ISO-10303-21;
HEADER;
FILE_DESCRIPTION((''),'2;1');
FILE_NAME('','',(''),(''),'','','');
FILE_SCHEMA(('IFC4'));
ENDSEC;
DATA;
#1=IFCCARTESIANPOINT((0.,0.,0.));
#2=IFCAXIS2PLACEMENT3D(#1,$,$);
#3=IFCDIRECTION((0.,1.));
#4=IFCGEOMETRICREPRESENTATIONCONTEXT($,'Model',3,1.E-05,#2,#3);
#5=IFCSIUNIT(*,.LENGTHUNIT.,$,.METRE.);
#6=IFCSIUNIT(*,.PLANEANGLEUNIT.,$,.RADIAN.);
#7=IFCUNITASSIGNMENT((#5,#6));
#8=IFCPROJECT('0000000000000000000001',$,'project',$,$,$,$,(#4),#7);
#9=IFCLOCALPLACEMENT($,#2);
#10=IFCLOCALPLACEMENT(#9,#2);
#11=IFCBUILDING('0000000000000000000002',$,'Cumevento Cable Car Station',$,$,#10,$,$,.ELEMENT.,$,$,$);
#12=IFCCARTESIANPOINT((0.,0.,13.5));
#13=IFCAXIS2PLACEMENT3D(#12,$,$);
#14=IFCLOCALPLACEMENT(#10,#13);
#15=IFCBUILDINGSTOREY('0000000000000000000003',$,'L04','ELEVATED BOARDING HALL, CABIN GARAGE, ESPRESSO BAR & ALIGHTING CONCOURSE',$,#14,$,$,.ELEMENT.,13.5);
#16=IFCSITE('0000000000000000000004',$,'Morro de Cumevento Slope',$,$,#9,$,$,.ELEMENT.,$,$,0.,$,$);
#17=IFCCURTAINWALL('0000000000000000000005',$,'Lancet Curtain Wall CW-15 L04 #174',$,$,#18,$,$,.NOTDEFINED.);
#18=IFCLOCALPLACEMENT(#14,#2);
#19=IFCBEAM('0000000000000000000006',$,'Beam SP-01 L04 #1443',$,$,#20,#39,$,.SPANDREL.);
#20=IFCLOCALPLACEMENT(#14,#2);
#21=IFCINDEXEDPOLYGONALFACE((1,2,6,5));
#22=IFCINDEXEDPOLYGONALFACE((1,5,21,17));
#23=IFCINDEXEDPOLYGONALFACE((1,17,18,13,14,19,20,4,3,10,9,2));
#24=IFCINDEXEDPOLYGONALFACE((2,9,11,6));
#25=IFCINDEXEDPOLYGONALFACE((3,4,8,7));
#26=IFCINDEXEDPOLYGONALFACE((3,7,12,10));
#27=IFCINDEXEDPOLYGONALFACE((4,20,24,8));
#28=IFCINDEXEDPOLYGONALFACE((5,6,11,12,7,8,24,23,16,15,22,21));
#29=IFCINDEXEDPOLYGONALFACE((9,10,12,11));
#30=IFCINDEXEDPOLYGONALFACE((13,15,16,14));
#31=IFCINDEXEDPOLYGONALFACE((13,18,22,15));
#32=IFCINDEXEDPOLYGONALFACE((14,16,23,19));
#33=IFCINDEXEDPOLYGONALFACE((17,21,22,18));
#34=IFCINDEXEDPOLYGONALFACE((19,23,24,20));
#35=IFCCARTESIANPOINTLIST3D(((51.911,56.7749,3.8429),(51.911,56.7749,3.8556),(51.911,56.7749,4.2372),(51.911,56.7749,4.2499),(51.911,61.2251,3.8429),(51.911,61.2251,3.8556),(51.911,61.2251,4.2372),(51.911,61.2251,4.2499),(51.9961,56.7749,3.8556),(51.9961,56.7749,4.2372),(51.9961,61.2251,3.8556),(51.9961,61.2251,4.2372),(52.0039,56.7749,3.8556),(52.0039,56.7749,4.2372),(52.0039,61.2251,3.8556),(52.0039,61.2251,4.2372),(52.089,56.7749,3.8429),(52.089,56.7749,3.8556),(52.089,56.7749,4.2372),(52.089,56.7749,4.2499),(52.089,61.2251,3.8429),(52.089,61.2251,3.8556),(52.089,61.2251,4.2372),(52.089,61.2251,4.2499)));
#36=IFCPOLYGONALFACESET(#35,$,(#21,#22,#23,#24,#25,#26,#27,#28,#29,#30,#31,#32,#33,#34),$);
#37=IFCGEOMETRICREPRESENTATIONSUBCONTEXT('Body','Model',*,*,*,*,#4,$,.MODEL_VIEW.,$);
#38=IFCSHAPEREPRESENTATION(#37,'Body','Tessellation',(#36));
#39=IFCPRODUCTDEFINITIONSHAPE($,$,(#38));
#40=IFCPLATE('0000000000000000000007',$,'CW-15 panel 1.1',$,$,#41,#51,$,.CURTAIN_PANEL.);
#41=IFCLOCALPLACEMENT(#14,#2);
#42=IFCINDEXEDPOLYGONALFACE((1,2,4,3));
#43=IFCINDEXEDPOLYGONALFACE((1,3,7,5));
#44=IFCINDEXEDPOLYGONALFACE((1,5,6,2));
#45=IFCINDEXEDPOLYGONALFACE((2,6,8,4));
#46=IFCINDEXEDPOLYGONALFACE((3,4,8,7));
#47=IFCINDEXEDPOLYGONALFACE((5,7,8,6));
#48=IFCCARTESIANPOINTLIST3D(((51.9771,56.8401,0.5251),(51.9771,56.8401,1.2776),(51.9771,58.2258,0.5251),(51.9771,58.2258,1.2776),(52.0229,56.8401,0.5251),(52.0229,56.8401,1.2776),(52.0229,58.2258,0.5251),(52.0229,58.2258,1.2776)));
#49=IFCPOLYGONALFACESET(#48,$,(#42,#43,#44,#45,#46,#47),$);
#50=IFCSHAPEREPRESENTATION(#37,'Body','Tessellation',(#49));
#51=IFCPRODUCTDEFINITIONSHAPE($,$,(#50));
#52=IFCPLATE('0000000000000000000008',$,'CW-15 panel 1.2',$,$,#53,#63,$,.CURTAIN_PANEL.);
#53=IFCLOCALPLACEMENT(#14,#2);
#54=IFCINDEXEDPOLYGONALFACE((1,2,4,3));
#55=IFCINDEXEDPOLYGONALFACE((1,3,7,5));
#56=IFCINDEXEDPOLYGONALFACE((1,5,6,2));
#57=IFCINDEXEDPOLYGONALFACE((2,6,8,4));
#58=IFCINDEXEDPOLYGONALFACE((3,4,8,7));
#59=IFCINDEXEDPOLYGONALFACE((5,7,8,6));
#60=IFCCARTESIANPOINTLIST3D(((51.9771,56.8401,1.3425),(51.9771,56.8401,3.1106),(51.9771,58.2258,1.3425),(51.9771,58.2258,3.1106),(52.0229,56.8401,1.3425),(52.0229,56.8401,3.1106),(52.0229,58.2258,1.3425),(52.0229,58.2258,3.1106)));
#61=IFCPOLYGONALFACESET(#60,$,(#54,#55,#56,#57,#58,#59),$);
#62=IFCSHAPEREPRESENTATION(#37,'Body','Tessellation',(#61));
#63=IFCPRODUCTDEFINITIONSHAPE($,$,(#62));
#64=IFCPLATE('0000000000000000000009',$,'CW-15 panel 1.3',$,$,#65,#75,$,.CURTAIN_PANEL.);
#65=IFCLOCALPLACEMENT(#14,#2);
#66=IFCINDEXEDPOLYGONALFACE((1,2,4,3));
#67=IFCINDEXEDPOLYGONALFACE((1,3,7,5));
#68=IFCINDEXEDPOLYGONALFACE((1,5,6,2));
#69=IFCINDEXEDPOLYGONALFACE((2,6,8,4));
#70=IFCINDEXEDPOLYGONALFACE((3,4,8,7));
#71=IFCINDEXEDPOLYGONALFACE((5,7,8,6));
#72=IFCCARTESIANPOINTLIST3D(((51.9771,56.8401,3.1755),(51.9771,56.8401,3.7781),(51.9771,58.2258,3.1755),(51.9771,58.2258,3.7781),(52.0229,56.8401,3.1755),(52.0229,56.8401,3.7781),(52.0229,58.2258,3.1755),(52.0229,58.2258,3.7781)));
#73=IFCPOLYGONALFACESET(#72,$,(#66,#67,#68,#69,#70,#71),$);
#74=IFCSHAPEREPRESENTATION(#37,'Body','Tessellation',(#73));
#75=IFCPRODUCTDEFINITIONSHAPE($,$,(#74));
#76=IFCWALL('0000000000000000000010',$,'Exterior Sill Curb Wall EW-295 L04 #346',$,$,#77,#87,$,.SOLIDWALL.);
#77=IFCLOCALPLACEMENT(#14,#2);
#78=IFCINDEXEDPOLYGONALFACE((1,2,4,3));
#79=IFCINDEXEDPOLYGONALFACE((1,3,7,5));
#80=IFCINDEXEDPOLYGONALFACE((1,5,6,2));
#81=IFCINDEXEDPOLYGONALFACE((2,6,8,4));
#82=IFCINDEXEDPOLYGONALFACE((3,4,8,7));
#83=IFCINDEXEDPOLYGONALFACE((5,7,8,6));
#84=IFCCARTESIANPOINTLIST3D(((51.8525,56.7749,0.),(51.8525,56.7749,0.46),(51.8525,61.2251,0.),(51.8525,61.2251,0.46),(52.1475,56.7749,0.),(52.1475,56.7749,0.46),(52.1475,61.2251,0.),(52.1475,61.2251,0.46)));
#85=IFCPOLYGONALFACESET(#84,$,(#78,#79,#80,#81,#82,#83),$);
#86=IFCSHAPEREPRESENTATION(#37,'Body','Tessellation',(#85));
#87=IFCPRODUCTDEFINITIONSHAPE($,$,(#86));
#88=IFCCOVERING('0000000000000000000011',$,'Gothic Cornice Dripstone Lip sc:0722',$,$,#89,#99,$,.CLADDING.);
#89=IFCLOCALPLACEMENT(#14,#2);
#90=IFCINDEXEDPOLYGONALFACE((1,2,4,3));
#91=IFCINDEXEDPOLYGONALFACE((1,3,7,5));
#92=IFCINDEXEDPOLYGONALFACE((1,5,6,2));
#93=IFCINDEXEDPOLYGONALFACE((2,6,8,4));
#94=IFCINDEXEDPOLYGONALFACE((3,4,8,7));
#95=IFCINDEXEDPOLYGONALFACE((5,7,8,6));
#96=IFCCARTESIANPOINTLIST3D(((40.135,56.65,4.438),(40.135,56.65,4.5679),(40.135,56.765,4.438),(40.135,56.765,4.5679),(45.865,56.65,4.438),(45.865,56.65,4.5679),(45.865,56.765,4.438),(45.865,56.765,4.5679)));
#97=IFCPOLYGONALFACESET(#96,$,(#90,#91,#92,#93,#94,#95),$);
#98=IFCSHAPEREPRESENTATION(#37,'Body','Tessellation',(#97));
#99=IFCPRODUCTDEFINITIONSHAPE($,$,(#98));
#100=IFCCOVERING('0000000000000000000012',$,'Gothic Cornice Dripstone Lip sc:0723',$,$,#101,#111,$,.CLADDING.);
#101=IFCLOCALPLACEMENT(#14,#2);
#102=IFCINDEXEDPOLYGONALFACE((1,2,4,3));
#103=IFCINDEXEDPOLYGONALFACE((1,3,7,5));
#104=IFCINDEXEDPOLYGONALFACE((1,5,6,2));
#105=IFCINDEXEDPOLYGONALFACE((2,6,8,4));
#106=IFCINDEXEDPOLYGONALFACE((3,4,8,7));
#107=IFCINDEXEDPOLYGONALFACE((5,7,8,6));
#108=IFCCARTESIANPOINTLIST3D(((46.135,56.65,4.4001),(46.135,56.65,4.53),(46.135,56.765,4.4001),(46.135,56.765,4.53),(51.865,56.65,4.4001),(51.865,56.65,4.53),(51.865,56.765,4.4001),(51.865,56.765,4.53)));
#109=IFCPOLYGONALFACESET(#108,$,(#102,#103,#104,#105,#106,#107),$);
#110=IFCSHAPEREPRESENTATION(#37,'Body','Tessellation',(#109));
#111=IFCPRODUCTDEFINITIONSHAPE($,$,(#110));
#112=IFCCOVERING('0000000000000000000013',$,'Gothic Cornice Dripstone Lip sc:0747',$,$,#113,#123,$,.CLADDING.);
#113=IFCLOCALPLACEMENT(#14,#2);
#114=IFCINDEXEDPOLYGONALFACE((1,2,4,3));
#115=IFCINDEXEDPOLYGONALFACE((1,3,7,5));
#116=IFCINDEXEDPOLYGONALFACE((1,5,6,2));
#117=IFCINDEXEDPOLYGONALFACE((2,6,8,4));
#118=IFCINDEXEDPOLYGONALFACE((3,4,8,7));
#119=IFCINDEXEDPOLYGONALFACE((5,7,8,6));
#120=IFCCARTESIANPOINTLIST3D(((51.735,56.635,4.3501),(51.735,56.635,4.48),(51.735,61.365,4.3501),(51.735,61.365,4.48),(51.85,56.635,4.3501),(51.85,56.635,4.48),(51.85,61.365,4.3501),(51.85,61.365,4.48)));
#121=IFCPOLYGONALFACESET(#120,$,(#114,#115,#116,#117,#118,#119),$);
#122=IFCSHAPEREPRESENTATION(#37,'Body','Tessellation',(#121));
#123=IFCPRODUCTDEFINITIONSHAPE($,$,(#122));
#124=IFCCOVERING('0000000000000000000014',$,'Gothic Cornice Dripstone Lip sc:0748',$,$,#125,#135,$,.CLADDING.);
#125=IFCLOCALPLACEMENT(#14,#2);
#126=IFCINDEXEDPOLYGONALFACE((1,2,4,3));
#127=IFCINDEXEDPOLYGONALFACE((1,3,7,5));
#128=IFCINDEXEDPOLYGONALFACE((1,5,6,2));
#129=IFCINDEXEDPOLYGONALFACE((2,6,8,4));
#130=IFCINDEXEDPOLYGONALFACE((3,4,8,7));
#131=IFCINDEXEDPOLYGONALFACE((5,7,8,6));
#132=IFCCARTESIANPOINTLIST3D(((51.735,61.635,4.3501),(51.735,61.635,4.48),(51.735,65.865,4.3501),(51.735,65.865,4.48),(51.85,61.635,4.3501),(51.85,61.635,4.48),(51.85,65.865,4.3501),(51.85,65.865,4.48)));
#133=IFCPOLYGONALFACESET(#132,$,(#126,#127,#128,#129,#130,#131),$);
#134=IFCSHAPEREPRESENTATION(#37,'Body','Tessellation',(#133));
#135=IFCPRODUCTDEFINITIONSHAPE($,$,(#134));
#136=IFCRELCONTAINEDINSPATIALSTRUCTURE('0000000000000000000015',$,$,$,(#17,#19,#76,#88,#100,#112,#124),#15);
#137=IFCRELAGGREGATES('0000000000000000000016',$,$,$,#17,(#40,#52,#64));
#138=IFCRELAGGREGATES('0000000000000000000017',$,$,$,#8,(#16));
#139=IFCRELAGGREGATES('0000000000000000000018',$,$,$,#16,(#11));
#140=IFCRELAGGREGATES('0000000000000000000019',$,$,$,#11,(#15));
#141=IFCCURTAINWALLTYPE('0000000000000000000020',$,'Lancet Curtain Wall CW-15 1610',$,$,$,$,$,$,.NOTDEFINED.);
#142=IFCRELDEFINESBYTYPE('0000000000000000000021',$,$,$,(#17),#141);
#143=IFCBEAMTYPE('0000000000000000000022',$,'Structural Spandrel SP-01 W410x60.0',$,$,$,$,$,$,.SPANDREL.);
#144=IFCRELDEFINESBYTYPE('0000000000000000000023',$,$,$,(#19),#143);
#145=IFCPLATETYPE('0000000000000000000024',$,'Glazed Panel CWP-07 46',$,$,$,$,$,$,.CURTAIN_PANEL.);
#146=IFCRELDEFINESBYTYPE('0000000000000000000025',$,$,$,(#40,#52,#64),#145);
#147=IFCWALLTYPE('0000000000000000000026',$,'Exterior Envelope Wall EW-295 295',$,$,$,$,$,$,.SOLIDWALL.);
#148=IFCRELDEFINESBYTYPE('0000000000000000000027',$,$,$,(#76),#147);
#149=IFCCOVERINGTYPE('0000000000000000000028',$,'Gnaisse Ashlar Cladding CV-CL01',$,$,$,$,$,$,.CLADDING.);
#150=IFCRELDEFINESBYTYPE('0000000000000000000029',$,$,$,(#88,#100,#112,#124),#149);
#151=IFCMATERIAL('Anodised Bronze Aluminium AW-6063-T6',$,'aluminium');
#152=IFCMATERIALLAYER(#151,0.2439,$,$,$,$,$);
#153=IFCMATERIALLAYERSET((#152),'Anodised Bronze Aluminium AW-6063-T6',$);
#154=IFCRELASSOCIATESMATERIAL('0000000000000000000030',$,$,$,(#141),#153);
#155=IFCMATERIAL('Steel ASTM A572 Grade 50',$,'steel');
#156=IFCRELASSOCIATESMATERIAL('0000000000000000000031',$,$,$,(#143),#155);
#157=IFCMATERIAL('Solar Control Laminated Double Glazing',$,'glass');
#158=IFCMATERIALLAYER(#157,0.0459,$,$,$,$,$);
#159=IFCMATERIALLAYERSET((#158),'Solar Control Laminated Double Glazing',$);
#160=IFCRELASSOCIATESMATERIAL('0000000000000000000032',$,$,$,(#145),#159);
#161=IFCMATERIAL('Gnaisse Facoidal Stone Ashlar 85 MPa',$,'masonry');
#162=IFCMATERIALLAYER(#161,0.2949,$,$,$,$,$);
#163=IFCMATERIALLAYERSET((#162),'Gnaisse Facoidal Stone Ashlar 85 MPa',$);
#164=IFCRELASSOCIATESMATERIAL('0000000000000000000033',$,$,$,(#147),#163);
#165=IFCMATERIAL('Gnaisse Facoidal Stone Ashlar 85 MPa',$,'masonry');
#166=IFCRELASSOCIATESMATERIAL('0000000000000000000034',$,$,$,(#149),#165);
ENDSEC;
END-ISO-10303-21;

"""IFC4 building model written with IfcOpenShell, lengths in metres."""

from ifc_helpers import new_model, si_unit, direction, frame, frame_2d, origin, origin_2d, place, context, subcontext, project, spatial, rectangle, i_section, extrude, material, layer, layer_set, material_profile, profile_set, type_object, element, aggregate, save


model = new_model("IFC4")

# Units and contexts
model_context = context("Model", 3, precision=1e-05, world=origin(), true_north=direction((0.0, 1.0)))
body_context = subcontext(model_context, "Body", "Model", "MODEL_VIEW")
ifc_project = project(units=[si_unit("LENGTHUNIT", "METRE"), si_unit("PLANEANGLEUNIT", "RADIAN")], contexts=[model_context])

# Site, building, storey
site_placement = place(None, origin())
site = spatial("IfcSite", under=ifc_project, at=site_placement, Name="Morro de Cumevento Slope", CompositionType="ELEMENT", RefElevation=0.0)
building_placement = place(site_placement, origin())
building = spatial("IfcBuilding", under=site, at=building_placement, Name="Cumevento Cable Car Station", CompositionType="ELEMENT")
storey_placement = place(building_placement, frame((0.0, 0.0, 13.5)))
storey = spatial("IfcBuildingStorey", under=building, at=storey_placement, Name="L04", Description="ELEVATED BOARDING HALL, CABIN GARAGE, ESPRESSO BAR & ALIGHTING CONCOURSE", CompositionType="ELEMENT", Elevation=13.5)

# Curtain wall
ifc_material_1 = material(Name="Anodised Bronze Aluminium AW-6063-T6", Category="aluminium")
ifc_layer_1 = layer(ifc_material_1, 0.2439)
ifc_layer_set_1 = layer_set([ifc_layer_1], Name="Anodised Bronze Aluminium AW-6063-T6")
curtain_wall_type = type_object("IfcCurtainWallType", Name="Lancet Curtain Wall CW-15 1610", PredefinedType="NOTDEFINED", material=ifc_layer_set_1)
curtain_wall_placement = place(storey_placement, origin())
curtain_wall = element("IfcCurtainWall", 1, at=curtain_wall_placement, inside=storey, type_object=curtain_wall_type, Name="Lancet Curtain Wall CW-15 L04 #174", PredefinedType="NOTDEFINED")

# Beam
ifc_material_2 = material(Name="Steel ASTM A572 Grade 50", Category="steel")
ifc_material_profile_1 = material_profile(ifc_material_2, i_section(OverallWidth=0.178, OverallDepth=0.407, WebThickness=0.0078, FlangeThickness=0.0127, at=origin_2d()), Name="W410x60.0")
ifc_profile_set_1 = profile_set([ifc_material_profile_1], Name="Steel ASTM A572 Grade 50")
beam_type = type_object("IfcBeamType", Name="Structural Spandrel SP-01 W410x60.0", PredefinedType="SPANDREL", material=ifc_profile_set_1)
beam_placement = place(storey_placement, frame((52.0, 56.7749, 4.0464), z_axis=(0.0, 1.0, 0.0), x_axis=(-1.0, 0.0, 0.0)))
element("IfcBeam", 2, at=beam_placement, inside=storey, type_object=beam_type, Name="Beam SP-01 L04 #1443", PredefinedType="SPANDREL", context=body_context, shape_type="SweptSolid", body=[
    extrude(i_section(OverallWidth=0.178, OverallDepth=0.407, WebThickness=0.0078, FlangeThickness=0.0127, at=origin_2d()), origin(), (0.0, 0.0, 1.0), 4.4502),
])

# Plates
ifc_material_3 = material(Name="Solar Control Laminated Double Glazing", Category="glass")
ifc_layer_2 = layer(ifc_material_3, 0.0459)
ifc_layer_set_2 = layer_set([ifc_layer_2], Name="Solar Control Laminated Double Glazing")
plate_type = type_object("IfcPlateType", Name="Glazed Panel CWP-07 46", PredefinedType="CURTAIN_PANEL", material=ifc_layer_set_2)
plate_1_placement = place(storey_placement, frame((52.0, 57.533, 0.5251), z_axis=(0.0, 0.0, 1.0), x_axis=(0.0, 1.0, 0.0)))
plate_1 = element("IfcPlate", 3, at=plate_1_placement, type_object=plate_type, Name="CW-15 panel 1.1", PredefinedType="CURTAIN_PANEL", context=body_context, shape_type="SweptSolid", body=[
    extrude(rectangle(XDim=1.3857, YDim=0.0459, at=origin_2d()), origin(), (0.0, 0.0, 1.0), 0.7524),
])
plate_2_placement = place(storey_placement, frame((52.0, 57.533, 1.3425), z_axis=(0.0, 0.0, 1.0), x_axis=(0.0, 1.0, 0.0)))
plate_2 = element("IfcPlate", 4, at=plate_2_placement, type_object=plate_type, Name="CW-15 panel 1.2", PredefinedType="CURTAIN_PANEL", context=body_context, shape_type="SweptSolid", body=[
    extrude(rectangle(XDim=1.3857, YDim=0.0459, at=origin_2d()), origin(), (0.0, 0.0, 1.0), 1.7681),
])
plate_3_placement = place(storey_placement, frame((52.0, 57.533, 3.1755), z_axis=(0.0, 0.0, 1.0), x_axis=(0.0, 1.0, 0.0)))
plate_3 = element("IfcPlate", 5, at=plate_3_placement, type_object=plate_type, Name="CW-15 panel 1.3", PredefinedType="CURTAIN_PANEL", context=body_context, shape_type="SweptSolid", body=[
    extrude(rectangle(XDim=1.3857, YDim=0.0459, at=origin_2d()), origin(), (0.0, 0.0, 1.0), 0.6025),
])
aggregate(curtain_wall, [plate_1, plate_2, plate_3])

# Wall
ifc_material_4 = material(Name="Gnaisse Facoidal Stone Ashlar 85 MPa", Category="masonry")
ifc_layer_3 = layer(ifc_material_4, 0.2949)
ifc_layer_set_3 = layer_set([ifc_layer_3], Name="Gnaisse Facoidal Stone Ashlar 85 MPa")
wall_type = type_object("IfcWallType", Name="Exterior Envelope Wall EW-295 295", PredefinedType="SOLIDWALL", material=ifc_layer_set_3)
wall_placement = place(storey_placement, frame((52.0, 56.7749, 0.0), z_axis=(0.0, 0.0, 1.0), x_axis=(0.0, 1.0, 0.0)))
element("IfcWall", 6, at=wall_placement, inside=storey, type_object=wall_type, Name="Exterior Sill Curb Wall EW-295 L04 #346", PredefinedType="SOLIDWALL", context=body_context, shape_type="SweptSolid", body=[
    extrude(rectangle(XDim=4.4502, YDim=0.2949, at=frame_2d((2.2251, 0.0))), origin(), (0.0, 0.0, 1.0), 0.46),
])

# Coverings
ifc_material_5 = material(Name="Gnaisse Facoidal Stone Ashlar 85 MPa", Category="masonry")
covering_type = type_object("IfcCoveringType", Name="Gnaisse Ashlar Cladding CV-CL01", PredefinedType="CLADDING", material=ifc_material_5)
for number, where, z_axis, x_axis, name in (
    (7, (43.0, 56.7075, 4.438), (0.0, 0.0, 1.0), (1.0, 0.0, 0.0), "Gothic Cornice Dripstone Lip sc:0722"),
    (8, (49.0, 56.7075, 4.4001), (0.0, 0.0, 1.0), (1.0, 0.0, 0.0), "Gothic Cornice Dripstone Lip sc:0723"),
):
    element("IfcCovering", number, at=place(storey_placement, frame(where, z_axis=z_axis, x_axis=x_axis)), inside=storey, type_object=covering_type, Name=name, PredefinedType="CLADDING", context=body_context, shape_type="SweptSolid", body=[
        extrude(rectangle(XDim=5.73, YDim=0.115, at=origin_2d()), origin(), (0.0, 0.0, 1.0), 0.1299),
    ])
covering_1_placement = place(storey_placement, frame((51.7925, 59.0, 4.3501), z_axis=(0.0, 0.0, 1.0), x_axis=(0.0, 1.0, 0.0)))
element("IfcCovering", 9, at=covering_1_placement, inside=storey, type_object=covering_type, Name="Gothic Cornice Dripstone Lip sc:0747", PredefinedType="CLADDING", context=body_context, shape_type="SweptSolid", body=[
    extrude(rectangle(XDim=4.73, YDim=0.115, at=origin_2d()), origin(), (0.0, 0.0, 1.0), 0.1299),
])
covering_2_placement = place(storey_placement, frame((51.7925, 63.75, 4.3501), z_axis=(0.0, 0.0, 1.0), x_axis=(0.0, 1.0, 0.0)))
element("IfcCovering", 10, at=covering_2_placement, inside=storey, type_object=covering_type, Name="Gothic Cornice Dripstone Lip sc:0748", PredefinedType="CLADDING", context=body_context, shape_type="SweptSolid", body=[
    extrude(rectangle(XDim=4.23, YDim=0.115, at=origin_2d()), origin(), (0.0, 0.0, 1.0), 0.1299),
])

save(model, "model.ifc")
